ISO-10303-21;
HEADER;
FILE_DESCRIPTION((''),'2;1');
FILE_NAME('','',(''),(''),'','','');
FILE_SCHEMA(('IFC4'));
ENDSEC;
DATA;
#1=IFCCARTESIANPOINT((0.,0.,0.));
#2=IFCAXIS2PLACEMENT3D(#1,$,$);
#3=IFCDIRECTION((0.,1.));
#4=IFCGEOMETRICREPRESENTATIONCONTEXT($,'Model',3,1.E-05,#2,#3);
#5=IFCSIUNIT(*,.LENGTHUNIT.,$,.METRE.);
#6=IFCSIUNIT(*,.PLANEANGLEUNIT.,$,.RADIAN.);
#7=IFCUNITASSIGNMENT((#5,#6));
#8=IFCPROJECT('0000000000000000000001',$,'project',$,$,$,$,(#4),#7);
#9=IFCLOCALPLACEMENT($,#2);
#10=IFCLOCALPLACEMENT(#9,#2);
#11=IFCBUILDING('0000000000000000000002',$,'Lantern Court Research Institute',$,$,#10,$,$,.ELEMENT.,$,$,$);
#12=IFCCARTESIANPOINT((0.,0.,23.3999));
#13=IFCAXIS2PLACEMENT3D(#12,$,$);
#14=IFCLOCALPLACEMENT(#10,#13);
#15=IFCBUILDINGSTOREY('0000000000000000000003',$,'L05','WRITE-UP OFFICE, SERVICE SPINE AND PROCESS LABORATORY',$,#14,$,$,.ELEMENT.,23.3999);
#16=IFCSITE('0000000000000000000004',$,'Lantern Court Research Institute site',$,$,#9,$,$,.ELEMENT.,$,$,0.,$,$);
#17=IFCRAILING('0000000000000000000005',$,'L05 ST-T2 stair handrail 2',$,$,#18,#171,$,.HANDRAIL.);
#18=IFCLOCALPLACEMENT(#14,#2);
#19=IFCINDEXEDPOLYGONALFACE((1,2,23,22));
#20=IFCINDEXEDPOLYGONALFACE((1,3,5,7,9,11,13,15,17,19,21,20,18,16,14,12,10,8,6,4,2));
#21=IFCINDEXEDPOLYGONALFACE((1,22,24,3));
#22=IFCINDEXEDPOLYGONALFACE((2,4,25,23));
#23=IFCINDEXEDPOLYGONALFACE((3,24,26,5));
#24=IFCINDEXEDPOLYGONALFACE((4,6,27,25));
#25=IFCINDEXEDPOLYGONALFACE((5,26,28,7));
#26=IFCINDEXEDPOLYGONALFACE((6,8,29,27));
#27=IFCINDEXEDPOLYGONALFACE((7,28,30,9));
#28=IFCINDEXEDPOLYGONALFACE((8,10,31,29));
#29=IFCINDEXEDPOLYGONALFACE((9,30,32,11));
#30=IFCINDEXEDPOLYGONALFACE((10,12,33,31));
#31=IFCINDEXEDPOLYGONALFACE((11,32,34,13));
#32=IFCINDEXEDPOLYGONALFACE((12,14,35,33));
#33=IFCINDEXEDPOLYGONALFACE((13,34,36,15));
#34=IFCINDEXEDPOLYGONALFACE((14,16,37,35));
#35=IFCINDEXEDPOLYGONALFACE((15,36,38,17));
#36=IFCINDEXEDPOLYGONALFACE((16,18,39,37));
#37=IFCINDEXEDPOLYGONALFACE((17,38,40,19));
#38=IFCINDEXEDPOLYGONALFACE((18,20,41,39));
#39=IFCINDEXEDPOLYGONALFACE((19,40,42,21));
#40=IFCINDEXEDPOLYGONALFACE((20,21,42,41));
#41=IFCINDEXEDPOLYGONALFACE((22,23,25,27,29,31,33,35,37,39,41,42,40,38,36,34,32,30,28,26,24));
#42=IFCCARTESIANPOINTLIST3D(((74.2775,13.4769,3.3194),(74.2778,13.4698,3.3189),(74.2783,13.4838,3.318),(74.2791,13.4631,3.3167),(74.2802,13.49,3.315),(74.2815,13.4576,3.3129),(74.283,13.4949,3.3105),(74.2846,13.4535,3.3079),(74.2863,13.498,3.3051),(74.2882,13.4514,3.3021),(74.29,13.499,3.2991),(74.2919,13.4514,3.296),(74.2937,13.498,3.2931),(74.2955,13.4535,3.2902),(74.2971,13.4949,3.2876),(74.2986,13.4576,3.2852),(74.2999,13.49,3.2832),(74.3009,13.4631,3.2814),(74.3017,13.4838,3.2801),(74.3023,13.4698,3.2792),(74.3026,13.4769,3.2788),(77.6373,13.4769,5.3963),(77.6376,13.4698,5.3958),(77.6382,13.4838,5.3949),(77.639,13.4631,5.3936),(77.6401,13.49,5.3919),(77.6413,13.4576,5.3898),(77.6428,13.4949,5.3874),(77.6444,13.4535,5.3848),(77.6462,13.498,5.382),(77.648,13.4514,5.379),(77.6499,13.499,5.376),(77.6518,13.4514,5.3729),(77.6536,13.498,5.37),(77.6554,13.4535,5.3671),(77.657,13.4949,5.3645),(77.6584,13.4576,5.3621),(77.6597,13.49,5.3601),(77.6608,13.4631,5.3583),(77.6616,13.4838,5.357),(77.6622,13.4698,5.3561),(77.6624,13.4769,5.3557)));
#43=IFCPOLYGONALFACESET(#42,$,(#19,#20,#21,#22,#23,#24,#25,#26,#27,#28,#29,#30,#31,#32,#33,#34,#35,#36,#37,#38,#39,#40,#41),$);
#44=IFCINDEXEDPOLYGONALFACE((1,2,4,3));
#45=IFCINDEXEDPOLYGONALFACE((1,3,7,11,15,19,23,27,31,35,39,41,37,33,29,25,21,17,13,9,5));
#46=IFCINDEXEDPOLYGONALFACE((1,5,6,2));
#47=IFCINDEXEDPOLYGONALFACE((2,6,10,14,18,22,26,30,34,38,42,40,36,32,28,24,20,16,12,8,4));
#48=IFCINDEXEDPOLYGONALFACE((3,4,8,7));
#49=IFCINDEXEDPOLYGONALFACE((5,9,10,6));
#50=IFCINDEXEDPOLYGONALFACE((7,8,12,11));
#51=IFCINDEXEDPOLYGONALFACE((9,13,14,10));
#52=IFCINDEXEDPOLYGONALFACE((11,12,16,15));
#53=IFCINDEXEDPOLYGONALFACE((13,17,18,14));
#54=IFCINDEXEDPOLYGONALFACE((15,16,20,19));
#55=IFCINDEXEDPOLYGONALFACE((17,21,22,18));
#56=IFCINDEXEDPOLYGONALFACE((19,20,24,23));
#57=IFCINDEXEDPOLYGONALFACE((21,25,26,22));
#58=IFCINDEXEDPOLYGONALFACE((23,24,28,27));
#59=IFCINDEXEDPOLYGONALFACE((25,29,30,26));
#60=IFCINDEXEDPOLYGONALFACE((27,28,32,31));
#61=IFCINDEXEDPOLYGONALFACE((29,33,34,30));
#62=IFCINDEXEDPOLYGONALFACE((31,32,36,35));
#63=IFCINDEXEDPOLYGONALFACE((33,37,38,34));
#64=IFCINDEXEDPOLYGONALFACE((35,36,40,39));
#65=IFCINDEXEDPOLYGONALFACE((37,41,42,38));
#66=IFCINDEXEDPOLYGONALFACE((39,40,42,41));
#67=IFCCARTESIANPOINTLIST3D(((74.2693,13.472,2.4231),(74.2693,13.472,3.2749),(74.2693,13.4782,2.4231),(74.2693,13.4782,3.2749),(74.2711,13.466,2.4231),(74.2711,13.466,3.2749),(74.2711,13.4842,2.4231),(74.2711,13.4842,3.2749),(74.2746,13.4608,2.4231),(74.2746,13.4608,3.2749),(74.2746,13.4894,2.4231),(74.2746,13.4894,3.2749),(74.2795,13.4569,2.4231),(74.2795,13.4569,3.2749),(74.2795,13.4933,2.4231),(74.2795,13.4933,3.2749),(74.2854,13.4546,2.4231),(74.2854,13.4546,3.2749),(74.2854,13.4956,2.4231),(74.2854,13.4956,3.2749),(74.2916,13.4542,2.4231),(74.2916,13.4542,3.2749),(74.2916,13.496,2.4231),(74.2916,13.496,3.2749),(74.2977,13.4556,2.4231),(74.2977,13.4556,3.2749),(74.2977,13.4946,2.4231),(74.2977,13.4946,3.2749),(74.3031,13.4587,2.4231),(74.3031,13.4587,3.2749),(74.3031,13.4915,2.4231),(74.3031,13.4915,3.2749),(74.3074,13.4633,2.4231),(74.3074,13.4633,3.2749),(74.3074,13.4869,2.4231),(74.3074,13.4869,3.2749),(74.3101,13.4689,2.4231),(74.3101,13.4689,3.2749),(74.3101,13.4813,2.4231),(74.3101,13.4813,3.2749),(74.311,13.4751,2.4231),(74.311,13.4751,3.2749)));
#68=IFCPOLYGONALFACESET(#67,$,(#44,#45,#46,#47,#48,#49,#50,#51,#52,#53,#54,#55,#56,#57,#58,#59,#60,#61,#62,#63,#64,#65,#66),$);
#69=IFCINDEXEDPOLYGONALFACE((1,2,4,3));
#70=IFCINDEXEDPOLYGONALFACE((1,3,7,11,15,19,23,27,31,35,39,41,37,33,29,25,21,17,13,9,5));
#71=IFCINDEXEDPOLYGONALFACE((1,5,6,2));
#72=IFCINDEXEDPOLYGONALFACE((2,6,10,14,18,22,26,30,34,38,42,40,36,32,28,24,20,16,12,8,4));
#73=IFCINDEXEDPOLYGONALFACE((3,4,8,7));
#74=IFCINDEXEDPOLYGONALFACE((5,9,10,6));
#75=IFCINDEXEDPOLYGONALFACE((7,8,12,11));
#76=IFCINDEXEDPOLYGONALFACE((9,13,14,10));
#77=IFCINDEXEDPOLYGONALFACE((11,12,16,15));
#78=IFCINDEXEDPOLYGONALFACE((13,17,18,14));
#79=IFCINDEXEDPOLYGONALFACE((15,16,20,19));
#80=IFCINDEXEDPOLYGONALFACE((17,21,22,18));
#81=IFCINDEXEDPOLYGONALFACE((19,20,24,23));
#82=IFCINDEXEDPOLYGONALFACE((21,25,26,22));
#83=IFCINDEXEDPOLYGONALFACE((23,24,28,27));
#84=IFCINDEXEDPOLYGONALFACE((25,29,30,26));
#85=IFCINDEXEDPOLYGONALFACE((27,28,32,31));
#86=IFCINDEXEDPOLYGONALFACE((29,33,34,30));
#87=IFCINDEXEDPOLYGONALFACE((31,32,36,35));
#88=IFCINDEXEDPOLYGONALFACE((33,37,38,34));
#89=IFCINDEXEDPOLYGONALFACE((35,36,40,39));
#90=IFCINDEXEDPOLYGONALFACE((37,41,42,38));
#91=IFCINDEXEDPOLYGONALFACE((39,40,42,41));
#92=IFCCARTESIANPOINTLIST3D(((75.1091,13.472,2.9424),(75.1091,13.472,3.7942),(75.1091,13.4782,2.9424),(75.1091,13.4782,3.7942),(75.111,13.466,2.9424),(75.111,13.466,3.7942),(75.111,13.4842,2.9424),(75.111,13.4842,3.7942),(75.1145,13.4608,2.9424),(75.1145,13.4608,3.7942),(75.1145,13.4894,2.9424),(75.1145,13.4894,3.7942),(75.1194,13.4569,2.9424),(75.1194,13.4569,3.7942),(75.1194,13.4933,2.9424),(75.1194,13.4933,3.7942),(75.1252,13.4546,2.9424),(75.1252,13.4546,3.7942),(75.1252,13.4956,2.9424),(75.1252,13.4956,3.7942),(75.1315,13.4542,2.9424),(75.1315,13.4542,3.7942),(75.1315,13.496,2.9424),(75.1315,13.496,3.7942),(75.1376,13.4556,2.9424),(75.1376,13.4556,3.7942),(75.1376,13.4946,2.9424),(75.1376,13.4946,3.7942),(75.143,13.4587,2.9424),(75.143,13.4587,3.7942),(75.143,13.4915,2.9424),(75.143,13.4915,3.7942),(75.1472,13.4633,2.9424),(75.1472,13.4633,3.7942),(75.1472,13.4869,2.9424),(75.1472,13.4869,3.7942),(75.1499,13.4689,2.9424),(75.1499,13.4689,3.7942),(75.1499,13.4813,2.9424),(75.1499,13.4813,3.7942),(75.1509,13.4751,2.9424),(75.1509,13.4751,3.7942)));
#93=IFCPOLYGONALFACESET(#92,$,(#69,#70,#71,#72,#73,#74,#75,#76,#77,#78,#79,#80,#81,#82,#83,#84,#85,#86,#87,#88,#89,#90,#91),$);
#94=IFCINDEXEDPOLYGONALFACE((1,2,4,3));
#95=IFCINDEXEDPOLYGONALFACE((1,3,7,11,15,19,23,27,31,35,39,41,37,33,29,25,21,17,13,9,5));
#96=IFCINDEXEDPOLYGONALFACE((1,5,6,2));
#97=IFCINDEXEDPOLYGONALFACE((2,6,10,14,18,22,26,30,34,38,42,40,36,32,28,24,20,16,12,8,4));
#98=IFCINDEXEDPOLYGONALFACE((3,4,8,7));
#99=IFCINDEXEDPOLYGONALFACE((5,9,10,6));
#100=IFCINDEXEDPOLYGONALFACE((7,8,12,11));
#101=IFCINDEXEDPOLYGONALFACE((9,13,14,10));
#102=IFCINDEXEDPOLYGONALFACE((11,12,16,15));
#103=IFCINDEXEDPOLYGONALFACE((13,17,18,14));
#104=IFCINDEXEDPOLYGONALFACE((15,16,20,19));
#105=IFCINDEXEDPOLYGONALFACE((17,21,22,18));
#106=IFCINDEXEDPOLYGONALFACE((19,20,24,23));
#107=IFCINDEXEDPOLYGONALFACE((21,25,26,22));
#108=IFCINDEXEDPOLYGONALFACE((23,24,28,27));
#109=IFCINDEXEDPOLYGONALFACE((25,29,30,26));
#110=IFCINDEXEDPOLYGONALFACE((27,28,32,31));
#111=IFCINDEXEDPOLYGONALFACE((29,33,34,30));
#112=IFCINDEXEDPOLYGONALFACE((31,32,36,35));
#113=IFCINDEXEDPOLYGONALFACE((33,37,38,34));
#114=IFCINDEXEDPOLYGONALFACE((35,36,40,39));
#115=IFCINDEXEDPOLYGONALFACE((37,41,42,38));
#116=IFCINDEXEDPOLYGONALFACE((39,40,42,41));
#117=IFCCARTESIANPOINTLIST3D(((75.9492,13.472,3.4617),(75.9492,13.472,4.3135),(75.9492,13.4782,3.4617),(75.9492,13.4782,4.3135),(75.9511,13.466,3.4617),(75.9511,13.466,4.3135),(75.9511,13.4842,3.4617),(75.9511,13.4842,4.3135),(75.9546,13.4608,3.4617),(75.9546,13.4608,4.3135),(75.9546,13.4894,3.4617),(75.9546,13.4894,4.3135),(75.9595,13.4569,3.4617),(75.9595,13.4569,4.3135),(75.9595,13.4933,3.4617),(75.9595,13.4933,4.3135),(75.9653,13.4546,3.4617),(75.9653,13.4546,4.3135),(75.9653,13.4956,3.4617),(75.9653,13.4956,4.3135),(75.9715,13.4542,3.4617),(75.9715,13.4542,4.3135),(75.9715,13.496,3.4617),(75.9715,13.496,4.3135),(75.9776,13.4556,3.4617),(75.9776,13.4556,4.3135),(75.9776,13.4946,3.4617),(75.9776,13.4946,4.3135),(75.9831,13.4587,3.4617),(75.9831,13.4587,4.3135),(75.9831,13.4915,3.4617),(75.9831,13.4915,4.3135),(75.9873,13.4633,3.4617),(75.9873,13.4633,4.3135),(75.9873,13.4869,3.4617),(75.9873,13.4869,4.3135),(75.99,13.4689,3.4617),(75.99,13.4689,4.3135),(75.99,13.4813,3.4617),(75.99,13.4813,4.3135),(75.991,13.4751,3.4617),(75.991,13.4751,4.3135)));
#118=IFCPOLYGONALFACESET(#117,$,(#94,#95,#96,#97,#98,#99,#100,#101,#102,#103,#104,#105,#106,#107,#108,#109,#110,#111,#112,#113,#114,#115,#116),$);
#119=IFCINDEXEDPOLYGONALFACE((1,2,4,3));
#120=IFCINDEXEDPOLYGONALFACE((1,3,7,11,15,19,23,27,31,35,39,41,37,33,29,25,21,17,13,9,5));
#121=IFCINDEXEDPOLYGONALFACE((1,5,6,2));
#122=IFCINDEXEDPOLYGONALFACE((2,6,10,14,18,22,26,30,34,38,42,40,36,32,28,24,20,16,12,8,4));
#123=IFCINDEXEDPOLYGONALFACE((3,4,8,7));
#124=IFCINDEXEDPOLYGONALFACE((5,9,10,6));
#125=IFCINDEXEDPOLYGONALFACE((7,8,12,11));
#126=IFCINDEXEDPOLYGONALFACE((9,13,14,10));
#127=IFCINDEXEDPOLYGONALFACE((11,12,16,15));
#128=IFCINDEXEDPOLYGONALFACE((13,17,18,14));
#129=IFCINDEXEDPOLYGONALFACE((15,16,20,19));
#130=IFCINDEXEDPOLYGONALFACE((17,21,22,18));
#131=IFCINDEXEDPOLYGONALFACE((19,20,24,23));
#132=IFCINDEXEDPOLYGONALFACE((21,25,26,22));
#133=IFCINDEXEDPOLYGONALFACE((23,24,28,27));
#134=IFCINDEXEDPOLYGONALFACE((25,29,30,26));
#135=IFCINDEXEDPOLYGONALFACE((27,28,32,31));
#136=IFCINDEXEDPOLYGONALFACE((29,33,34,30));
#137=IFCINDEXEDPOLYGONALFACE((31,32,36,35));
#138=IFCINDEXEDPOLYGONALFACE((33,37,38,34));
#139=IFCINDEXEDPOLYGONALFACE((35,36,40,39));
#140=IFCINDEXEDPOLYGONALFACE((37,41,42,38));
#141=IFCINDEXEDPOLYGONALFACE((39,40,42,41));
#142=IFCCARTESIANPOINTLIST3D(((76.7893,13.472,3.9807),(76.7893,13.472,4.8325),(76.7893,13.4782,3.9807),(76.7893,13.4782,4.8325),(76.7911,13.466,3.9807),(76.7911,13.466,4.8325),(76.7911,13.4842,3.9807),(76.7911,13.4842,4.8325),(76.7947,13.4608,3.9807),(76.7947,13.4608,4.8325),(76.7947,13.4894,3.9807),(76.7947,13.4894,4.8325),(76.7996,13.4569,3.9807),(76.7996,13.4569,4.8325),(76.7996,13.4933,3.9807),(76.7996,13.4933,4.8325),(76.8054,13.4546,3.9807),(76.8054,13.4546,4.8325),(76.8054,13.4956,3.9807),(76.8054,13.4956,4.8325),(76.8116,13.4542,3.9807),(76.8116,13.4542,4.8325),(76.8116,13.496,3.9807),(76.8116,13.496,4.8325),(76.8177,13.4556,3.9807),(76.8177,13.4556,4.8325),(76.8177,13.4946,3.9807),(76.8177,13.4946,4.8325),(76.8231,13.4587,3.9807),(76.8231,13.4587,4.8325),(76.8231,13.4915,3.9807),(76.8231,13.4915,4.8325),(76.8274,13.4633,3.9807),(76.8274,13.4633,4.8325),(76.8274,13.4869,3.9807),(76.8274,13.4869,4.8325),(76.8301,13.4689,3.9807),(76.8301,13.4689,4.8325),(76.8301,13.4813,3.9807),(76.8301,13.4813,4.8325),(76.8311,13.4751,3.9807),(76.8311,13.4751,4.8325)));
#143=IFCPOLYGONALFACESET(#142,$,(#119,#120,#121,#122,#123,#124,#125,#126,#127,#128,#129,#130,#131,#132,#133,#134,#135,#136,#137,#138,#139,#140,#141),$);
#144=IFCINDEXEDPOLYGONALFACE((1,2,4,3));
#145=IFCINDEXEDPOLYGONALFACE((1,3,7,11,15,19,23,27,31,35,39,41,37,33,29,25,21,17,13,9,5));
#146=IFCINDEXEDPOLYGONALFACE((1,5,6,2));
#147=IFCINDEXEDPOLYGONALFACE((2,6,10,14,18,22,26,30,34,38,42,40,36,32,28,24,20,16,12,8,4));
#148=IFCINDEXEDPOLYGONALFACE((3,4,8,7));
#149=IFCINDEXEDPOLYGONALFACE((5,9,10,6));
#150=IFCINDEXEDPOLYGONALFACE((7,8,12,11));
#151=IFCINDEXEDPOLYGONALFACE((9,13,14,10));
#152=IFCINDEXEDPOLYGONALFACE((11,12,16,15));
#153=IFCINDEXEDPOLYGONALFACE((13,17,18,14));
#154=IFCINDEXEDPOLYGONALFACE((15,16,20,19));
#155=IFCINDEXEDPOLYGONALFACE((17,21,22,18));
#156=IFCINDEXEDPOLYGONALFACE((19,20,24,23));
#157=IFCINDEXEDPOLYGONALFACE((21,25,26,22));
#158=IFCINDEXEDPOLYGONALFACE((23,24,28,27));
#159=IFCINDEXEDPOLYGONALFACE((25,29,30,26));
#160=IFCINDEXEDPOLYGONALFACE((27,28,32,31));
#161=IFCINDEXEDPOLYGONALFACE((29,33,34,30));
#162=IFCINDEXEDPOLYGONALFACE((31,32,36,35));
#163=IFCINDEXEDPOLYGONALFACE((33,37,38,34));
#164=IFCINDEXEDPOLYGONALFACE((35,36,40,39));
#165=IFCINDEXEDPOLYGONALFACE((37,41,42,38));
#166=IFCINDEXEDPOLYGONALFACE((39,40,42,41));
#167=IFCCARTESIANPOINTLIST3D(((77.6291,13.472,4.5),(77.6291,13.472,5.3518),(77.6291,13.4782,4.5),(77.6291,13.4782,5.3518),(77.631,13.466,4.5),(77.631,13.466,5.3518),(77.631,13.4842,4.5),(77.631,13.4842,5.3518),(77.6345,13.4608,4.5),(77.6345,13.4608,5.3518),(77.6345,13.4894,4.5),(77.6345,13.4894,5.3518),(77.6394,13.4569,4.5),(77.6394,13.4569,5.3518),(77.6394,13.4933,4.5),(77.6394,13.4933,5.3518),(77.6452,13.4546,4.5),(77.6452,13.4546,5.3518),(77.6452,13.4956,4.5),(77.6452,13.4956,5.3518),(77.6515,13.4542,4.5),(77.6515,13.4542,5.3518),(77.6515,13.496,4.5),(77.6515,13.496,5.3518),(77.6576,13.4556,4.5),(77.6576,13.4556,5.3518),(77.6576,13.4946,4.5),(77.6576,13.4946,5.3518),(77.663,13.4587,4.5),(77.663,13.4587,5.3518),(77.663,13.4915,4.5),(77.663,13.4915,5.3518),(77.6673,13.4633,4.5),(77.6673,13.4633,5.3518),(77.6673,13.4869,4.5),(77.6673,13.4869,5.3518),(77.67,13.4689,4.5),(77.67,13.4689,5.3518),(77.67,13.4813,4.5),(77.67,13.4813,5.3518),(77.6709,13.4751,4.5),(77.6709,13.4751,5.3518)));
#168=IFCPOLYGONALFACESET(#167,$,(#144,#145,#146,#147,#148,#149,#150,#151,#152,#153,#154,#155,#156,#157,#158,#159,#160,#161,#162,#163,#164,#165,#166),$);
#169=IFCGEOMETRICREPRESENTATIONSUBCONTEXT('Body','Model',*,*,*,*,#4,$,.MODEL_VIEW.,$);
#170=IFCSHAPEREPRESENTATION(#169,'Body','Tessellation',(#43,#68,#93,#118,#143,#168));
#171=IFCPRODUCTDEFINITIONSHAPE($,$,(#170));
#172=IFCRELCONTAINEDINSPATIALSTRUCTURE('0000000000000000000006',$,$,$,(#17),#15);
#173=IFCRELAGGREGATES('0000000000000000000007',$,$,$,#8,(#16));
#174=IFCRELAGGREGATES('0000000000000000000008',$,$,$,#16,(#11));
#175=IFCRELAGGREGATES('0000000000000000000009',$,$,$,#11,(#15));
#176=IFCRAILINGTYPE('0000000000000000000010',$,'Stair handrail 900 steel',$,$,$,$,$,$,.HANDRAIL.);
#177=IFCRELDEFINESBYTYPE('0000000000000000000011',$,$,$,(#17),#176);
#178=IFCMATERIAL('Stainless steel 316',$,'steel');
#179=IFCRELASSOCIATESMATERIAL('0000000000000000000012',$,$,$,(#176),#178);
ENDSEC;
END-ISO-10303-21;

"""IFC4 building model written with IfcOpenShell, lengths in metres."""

from ifc_helpers import new_model, si_unit, direction, frame, origin, origin_2d, place, context, subcontext, project, spatial, circle, extrude, material, type_object, element, save


model = new_model("IFC4")

# Units and contexts
model_context = context("Model", 3, precision=1e-05, world=origin(), true_north=direction((0.0, 1.0)))
body_context = subcontext(model_context, "Body", "Model", "MODEL_VIEW")
ifc_project = project(units=[si_unit("LENGTHUNIT", "METRE"), si_unit("PLANEANGLEUNIT", "RADIAN")], contexts=[model_context])

# Site, building, storey
site_placement = place(None, origin())
site = spatial("IfcSite", under=ifc_project, at=site_placement, Name="Lantern Court Research Institute site", CompositionType="ELEMENT", RefElevation=0.0)
building_placement = place(site_placement, origin())
building = spatial("IfcBuilding", under=site, at=building_placement, Name="Lantern Court Research Institute", CompositionType="ELEMENT")
storey_placement = place(building_placement, frame((0.0, 0.0, 23.3999)))
storey = spatial("IfcBuildingStorey", under=building, at=storey_placement, Name="L05", Description="WRITE-UP OFFICE, SERVICE SPINE AND PROCESS LABORATORY", CompositionType="ELEMENT", Elevation=23.3999)

# Railing
ifc_material_1 = material(Name="Stainless steel 316", Category="steel")
railing_type_1 = type_object("IfcRailingType", Name="Stair handrail 900 steel", PredefinedType="HANDRAIL", material=ifc_material_1)
railing_1_placement = place(storey_placement, frame((74.29, 13.4751, 2.4231)))
element("IfcRailing", 1, at=railing_1_placement, inside=storey, type_object=railing_type_1, Name="L05 ST-T2 stair handrail 2", PredefinedType="HANDRAIL", context=body_context, shape_type="SweptSolid", body=[
    extrude(circle(Radius=0.0239, at=origin_2d()), frame((0.0, 0.0, 0.876), z_axis=(0.850606, 0.0, 0.525803), x_axis=(0.0, 1.0, 0.0)), (0.0, 0.0, 1.0), 3.95),
    extrude(circle(Radius=0.021, at=origin_2d()), origin(), (0.0, 0.0, 1.0), 0.8518),
    extrude(circle(Radius=0.021, at=origin_2d()), frame((0.8398, 0.0, 0.5193)), (0.0, 0.0, 1.0), 0.8518),
    extrude(circle(Radius=0.021, at=origin_2d()), frame((1.6799, 0.0, 1.0386)), (0.0, 0.0, 1.0), 0.8518),
    extrude(circle(Radius=0.021, at=origin_2d()), frame((2.52, 0.0, 1.5576)), (0.0, 0.0, 1.0), 0.8518),
    extrude(circle(Radius=0.021, at=origin_2d()), frame((3.3599, 0.0, 2.0769)), (0.0, 0.0, 1.0), 0.8518),
])

save(model, "model.ifc")
